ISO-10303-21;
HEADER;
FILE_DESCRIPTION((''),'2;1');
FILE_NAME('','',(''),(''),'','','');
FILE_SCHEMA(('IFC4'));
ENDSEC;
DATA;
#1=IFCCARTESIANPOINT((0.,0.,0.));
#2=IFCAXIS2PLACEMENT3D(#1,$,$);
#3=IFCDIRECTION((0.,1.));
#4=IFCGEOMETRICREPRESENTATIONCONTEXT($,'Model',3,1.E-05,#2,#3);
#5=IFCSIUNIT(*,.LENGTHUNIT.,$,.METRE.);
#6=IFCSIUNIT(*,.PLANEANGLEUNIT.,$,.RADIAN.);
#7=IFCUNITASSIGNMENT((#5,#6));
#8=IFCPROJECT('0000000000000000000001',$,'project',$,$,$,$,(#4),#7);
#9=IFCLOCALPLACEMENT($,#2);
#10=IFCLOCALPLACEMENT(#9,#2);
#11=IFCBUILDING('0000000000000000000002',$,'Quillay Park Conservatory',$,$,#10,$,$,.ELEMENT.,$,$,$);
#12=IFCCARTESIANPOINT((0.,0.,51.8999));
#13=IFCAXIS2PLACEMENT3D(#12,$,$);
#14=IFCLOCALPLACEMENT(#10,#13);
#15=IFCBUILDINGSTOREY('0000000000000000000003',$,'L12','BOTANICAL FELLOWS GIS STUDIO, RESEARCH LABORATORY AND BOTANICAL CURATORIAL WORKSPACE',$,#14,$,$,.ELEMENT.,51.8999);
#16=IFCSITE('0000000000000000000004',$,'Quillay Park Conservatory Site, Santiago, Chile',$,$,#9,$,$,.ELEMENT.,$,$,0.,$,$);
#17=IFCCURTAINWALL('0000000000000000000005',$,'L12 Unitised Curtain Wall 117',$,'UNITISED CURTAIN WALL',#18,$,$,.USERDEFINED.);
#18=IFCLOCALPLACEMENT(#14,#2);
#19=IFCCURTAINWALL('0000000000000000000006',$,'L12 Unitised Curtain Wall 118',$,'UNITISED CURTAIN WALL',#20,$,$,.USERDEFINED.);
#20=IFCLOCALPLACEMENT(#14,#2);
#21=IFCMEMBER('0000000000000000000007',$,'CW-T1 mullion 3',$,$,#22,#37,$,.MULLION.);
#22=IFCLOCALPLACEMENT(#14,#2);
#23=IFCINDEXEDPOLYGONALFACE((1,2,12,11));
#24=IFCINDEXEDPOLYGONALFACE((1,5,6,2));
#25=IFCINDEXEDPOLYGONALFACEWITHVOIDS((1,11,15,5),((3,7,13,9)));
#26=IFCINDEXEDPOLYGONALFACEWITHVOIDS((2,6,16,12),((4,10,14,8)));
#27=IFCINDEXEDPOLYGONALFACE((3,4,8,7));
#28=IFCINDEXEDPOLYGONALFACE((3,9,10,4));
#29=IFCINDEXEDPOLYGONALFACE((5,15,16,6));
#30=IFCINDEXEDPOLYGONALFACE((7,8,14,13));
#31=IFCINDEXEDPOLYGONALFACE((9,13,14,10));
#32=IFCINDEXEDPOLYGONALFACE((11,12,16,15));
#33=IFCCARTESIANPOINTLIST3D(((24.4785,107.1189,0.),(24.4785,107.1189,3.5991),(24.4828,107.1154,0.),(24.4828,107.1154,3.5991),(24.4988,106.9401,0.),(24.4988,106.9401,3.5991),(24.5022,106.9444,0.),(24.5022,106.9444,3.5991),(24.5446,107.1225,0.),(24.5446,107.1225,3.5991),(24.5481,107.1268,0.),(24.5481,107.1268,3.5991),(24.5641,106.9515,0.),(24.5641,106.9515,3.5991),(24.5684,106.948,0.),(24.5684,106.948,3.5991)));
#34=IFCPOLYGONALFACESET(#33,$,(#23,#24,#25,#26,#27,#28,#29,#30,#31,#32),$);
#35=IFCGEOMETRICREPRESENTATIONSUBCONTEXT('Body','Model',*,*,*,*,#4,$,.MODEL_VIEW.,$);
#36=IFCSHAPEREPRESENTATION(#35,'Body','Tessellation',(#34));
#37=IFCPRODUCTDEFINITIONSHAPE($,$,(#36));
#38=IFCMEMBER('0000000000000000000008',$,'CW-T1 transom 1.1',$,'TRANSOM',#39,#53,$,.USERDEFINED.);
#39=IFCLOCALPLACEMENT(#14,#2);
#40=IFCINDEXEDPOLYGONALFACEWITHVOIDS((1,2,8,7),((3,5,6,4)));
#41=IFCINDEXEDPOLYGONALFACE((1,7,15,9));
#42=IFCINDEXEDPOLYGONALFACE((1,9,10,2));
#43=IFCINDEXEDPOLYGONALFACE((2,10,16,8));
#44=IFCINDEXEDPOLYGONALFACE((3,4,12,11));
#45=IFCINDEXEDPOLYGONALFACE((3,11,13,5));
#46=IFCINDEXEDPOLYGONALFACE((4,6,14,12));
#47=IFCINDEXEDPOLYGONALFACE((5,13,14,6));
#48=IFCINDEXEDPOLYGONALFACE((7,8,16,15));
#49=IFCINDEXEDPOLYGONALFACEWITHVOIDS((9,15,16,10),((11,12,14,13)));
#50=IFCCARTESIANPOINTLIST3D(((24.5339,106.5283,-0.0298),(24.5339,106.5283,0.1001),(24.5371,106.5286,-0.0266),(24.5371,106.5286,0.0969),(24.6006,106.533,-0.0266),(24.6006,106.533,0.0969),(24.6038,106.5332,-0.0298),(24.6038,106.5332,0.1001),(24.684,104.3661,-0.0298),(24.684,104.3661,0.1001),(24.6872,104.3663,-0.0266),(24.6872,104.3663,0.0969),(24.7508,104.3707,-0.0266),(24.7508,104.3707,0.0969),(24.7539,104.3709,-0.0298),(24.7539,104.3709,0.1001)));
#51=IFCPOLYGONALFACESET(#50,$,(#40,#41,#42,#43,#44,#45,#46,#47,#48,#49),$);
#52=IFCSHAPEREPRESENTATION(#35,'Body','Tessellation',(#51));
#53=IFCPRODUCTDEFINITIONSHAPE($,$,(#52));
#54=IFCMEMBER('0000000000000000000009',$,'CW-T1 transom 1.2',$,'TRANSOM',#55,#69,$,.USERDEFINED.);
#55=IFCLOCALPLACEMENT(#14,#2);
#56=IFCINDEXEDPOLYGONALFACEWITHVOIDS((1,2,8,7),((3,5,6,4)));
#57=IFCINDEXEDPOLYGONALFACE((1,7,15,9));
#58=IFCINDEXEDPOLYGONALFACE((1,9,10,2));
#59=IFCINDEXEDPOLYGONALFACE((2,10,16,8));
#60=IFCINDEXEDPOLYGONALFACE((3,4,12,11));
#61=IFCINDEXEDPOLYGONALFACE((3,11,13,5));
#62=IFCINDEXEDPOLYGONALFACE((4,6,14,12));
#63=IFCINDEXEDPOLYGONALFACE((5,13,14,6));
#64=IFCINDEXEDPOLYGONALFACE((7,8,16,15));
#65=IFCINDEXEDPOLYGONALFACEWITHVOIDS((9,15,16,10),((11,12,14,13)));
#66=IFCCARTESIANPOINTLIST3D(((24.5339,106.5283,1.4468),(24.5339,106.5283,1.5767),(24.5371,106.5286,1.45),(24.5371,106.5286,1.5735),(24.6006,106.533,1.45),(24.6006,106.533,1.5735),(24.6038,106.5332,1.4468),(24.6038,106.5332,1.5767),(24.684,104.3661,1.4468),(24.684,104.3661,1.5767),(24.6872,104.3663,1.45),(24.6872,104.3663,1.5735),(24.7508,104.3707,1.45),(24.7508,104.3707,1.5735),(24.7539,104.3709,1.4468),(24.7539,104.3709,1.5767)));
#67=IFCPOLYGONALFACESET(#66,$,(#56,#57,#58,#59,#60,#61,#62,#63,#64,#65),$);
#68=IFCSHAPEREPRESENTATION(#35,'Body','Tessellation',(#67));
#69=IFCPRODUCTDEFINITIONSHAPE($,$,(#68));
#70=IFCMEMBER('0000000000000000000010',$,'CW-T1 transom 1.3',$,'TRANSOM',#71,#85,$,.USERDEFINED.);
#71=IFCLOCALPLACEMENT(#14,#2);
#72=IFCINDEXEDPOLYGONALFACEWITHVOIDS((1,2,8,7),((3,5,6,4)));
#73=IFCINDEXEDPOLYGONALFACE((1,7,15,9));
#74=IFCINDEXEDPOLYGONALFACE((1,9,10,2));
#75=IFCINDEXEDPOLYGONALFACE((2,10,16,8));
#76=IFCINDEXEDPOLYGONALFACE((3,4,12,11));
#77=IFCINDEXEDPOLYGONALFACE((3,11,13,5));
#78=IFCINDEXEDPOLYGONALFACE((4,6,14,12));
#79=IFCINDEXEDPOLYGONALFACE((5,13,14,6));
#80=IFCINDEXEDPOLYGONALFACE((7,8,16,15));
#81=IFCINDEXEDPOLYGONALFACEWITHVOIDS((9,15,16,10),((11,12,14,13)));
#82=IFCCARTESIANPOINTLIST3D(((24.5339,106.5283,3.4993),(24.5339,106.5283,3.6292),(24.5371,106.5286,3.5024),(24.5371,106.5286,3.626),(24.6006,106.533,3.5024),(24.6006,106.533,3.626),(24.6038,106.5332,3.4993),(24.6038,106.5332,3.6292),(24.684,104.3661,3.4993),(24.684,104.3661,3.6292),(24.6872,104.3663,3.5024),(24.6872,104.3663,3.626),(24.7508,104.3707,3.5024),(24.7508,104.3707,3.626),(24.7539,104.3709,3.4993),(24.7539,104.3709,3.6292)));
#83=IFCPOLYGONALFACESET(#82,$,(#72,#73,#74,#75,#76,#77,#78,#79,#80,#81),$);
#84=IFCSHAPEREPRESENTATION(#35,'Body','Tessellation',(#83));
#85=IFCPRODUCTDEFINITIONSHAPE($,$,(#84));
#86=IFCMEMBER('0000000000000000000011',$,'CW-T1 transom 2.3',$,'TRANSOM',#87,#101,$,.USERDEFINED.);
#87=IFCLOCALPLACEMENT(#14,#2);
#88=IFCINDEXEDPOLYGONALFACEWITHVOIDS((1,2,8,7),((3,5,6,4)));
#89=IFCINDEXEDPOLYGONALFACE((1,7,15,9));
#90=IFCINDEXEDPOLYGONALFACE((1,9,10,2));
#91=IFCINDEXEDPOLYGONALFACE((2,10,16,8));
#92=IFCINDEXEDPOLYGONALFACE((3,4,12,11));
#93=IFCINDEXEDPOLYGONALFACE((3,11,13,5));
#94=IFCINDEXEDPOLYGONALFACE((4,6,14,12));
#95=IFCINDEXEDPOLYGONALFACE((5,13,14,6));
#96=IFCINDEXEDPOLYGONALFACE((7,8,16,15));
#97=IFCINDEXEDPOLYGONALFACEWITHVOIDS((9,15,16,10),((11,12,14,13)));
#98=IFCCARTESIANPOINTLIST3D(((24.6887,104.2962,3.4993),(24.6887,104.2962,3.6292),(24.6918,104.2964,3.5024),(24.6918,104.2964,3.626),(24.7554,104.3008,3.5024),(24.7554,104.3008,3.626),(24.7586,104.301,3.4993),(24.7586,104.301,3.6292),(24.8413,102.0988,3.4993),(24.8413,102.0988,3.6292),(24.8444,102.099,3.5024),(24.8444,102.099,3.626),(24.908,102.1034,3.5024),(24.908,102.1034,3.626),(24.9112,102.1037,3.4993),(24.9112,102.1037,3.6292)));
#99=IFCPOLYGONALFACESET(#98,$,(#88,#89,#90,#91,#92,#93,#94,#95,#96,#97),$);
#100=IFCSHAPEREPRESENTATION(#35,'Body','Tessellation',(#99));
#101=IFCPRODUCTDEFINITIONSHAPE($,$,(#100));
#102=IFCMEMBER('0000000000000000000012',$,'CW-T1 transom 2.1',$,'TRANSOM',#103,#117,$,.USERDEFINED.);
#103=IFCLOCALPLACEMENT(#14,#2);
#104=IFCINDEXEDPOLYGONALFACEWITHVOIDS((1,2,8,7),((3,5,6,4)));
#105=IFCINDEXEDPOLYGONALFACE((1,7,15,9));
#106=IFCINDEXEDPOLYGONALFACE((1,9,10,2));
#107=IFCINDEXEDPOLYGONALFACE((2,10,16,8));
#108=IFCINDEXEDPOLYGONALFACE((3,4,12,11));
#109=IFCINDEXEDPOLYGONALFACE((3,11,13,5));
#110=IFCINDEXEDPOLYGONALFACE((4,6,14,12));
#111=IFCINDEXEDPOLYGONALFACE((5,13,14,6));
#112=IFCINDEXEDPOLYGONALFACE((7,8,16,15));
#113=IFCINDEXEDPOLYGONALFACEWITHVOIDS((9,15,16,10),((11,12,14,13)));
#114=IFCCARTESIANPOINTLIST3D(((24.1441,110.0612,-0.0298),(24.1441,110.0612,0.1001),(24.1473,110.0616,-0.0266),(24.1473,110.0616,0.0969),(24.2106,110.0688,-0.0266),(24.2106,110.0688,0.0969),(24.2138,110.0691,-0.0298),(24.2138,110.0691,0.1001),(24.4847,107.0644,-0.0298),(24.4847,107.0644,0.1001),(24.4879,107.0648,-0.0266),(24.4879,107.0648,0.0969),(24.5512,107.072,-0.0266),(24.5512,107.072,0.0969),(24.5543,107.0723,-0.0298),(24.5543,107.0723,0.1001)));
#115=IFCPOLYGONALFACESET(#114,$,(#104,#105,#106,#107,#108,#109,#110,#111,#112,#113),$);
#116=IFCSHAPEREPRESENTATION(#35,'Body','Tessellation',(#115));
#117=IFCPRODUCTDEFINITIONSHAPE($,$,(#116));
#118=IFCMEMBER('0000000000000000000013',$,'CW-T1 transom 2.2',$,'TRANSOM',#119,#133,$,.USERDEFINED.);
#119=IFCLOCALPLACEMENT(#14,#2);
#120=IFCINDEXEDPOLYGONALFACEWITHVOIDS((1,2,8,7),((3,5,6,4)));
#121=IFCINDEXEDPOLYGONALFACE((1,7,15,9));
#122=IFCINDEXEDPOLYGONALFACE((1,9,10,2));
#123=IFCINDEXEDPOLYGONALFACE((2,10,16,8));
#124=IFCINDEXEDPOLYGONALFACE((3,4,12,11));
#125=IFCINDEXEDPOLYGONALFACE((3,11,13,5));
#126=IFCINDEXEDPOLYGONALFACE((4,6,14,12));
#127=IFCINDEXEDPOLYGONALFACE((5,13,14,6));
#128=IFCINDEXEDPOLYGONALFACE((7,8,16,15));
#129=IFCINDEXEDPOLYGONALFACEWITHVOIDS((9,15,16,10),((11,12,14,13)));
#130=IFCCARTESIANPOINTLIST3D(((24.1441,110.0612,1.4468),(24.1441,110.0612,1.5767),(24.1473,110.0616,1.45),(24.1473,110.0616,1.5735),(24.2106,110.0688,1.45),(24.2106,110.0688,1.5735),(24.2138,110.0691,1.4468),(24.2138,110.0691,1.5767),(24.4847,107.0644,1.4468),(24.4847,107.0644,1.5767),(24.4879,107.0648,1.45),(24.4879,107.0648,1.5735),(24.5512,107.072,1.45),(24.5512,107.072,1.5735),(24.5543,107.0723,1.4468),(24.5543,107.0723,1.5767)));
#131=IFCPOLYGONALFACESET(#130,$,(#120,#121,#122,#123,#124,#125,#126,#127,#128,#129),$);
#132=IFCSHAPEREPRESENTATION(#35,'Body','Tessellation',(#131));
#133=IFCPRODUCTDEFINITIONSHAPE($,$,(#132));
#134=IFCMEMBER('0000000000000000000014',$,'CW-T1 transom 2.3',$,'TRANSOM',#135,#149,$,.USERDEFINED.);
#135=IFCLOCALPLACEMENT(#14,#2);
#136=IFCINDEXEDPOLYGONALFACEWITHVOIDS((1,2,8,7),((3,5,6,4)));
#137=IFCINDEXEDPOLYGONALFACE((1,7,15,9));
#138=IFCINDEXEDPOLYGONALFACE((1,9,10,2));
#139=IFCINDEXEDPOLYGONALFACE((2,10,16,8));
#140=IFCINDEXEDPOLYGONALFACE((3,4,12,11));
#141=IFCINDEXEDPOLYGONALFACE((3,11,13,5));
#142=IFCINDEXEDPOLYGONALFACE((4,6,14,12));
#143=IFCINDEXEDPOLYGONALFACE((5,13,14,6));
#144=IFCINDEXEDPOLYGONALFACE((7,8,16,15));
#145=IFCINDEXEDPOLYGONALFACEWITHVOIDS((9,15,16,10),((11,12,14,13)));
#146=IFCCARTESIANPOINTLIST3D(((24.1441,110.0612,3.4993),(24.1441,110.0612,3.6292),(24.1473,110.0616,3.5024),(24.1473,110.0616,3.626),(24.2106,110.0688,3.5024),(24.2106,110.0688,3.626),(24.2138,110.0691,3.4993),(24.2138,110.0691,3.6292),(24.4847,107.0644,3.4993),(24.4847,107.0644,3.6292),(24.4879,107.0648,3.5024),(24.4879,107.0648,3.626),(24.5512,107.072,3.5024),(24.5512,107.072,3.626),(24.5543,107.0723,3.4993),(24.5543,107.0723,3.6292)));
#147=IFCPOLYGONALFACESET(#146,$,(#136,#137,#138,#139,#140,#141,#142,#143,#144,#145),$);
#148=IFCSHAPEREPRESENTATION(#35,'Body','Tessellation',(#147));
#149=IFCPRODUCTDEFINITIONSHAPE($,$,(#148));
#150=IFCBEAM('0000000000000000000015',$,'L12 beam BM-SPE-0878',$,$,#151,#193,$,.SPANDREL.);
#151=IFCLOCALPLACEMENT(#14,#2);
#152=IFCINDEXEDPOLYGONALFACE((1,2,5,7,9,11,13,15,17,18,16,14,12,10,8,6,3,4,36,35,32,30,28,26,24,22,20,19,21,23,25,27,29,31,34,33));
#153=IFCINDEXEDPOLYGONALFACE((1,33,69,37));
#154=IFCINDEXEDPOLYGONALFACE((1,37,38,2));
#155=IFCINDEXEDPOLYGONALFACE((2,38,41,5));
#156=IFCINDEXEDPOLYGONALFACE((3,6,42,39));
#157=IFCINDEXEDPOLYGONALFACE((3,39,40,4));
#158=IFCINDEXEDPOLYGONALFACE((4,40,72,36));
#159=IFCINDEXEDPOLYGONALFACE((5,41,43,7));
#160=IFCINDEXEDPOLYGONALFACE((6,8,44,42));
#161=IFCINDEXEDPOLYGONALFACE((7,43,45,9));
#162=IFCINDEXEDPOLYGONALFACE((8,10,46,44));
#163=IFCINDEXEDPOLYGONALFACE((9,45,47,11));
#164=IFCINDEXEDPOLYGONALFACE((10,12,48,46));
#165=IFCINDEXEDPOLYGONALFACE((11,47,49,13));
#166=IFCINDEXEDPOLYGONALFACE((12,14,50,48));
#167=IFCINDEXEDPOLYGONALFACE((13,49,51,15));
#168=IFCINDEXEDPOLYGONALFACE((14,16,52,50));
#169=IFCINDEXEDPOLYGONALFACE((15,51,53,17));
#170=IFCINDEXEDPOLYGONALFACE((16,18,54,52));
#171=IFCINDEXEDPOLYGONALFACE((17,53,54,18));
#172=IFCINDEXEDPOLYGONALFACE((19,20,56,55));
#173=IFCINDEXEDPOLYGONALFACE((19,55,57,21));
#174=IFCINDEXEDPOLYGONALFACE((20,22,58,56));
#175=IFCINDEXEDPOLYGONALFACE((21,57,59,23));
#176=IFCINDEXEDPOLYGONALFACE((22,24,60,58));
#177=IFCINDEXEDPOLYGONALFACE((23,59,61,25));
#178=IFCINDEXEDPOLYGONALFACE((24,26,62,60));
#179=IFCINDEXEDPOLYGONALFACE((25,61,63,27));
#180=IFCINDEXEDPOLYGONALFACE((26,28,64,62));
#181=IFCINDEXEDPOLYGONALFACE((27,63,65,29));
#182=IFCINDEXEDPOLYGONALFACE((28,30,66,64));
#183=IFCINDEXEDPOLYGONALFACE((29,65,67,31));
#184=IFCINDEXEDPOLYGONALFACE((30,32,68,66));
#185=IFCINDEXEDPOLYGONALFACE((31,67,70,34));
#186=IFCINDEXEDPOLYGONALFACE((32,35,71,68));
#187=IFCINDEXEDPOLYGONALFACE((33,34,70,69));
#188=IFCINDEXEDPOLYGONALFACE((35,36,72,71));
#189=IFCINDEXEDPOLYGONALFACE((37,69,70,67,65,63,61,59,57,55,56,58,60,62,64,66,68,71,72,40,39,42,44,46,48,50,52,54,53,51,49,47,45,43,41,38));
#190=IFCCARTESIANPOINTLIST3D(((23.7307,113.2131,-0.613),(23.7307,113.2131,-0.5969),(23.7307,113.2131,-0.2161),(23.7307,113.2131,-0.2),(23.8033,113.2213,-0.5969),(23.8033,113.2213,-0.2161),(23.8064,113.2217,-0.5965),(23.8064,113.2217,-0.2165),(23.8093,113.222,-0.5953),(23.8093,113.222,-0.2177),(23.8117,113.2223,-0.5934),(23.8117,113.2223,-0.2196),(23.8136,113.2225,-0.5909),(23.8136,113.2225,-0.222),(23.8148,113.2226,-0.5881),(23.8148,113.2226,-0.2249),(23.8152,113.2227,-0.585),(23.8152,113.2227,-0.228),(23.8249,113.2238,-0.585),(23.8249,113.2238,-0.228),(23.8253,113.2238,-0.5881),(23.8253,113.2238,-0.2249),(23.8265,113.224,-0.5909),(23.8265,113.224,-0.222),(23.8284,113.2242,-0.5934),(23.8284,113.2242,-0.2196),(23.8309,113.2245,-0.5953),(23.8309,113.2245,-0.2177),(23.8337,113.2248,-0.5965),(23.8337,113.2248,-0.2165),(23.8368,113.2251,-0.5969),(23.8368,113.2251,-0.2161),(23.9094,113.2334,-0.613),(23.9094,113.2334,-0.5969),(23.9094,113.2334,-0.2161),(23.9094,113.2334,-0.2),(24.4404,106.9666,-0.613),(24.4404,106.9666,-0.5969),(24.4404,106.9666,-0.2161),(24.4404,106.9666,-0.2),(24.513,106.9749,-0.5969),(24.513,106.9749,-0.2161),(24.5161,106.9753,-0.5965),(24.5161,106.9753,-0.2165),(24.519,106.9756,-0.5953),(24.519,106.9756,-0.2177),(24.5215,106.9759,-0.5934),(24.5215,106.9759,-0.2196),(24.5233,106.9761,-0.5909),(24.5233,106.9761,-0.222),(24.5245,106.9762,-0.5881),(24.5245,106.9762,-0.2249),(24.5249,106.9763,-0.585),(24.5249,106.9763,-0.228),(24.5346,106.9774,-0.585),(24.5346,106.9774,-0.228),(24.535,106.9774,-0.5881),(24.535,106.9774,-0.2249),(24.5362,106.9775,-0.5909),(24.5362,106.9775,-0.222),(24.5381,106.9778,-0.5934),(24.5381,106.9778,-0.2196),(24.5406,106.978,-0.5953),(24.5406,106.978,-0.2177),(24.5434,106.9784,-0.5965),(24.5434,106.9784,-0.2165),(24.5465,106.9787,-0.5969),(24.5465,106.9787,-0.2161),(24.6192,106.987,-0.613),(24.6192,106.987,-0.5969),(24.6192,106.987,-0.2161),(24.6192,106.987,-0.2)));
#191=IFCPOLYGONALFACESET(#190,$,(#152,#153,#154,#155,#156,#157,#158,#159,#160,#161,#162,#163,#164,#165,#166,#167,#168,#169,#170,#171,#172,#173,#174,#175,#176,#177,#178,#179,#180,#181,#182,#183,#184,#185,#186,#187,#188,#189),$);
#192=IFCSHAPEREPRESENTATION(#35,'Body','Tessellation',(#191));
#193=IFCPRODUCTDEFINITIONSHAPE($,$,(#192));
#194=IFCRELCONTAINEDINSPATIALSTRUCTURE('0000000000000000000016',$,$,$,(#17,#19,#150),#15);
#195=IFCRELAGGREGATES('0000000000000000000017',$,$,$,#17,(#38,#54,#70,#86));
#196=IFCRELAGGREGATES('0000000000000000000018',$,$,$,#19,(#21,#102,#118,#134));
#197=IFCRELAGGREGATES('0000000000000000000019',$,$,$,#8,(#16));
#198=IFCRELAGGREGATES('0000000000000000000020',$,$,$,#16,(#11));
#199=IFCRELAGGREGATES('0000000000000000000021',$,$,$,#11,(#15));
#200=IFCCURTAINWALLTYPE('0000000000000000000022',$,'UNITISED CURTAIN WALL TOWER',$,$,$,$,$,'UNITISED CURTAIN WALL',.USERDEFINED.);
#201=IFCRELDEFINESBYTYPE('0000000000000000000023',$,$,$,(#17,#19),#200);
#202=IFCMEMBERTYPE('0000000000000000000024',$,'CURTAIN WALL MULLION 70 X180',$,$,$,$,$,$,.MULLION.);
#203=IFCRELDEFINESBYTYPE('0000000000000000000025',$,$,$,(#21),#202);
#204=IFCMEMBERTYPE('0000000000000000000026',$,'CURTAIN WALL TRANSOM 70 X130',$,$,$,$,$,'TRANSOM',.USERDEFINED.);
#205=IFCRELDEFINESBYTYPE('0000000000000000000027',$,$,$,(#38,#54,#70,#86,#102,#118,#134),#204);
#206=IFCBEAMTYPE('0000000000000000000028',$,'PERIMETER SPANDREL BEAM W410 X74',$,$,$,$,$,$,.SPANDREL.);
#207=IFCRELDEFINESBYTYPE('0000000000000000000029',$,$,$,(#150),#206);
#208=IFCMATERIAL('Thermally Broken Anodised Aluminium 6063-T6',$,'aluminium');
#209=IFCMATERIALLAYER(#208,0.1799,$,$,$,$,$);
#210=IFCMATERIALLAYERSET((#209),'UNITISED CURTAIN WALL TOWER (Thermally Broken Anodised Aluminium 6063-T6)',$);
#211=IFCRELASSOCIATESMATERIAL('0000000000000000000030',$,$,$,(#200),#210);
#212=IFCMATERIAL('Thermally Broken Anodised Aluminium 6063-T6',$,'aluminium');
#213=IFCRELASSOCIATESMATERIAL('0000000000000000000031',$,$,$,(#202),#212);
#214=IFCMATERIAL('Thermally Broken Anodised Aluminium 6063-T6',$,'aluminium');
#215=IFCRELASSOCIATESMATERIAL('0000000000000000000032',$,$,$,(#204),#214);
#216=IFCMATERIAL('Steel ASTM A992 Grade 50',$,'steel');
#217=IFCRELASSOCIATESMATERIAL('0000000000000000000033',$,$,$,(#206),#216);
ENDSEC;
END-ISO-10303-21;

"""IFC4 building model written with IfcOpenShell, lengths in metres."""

from ifc_helpers import new_model, si_unit, direction, frame, origin, origin_2d, place, context, subcontext, project, spatial, hollow_rectangle, i_section, extrude, material, layer, layer_set, material_profile, profile_set, type_object, element, aggregate, save


model = new_model("IFC4")

# Units and contexts
model_context = context("Model", 3, precision=1e-05, world=origin(), true_north=direction((0.0, 1.0)))
body_context = subcontext(model_context, "Body", "Model", "MODEL_VIEW")
ifc_project = project(units=[si_unit("LENGTHUNIT", "METRE"), si_unit("PLANEANGLEUNIT", "RADIAN")], contexts=[model_context])

# Site, building, storey
site_placement = place(None, origin())
site = spatial("IfcSite", under=ifc_project, at=site_placement, Name="Quillay Park Conservatory Site, Santiago, Chile", CompositionType="ELEMENT", RefElevation=0.0)
building_placement = place(site_placement, origin())
building = spatial("IfcBuilding", under=site, at=building_placement, Name="Quillay Park Conservatory", CompositionType="ELEMENT")
storey_placement = place(building_placement, frame((0.0, 0.0, 51.8999)))
storey = spatial("IfcBuildingStorey", under=building, at=storey_placement, Name="L12", Description="BOTANICAL FELLOWS GIS STUDIO, RESEARCH LABORATORY AND BOTANICAL CURATORIAL WORKSPACE", CompositionType="ELEMENT", Elevation=51.8999)

# Curtain walls, member
ifc_material_1 = material(Name="Thermally Broken Anodised Aluminium 6063-T6", Category="aluminium")
ifc_layer_1 = layer(ifc_material_1, 0.1799)
ifc_layer_set_1 = layer_set([ifc_layer_1], Name="UNITISED CURTAIN WALL TOWER (Thermally Broken Anodised Aluminium 6063-T6)")
curtain_wall_type = type_object("IfcCurtainWallType", Name="UNITISED CURTAIN WALL TOWER", ElementType="UNITISED CURTAIN WALL", PredefinedType="USERDEFINED", material=ifc_layer_set_1)
curtain_wall_1_placement = place(storey_placement, origin())
curtain_wall_1 = element("IfcCurtainWall", 1, at=curtain_wall_1_placement, inside=storey, type_object=curtain_wall_type, Name="L12 Unitised Curtain Wall 117", ObjectType="UNITISED CURTAIN WALL", PredefinedType="USERDEFINED")
ifc_material_2 = material(Name="Thermally Broken Anodised Aluminium 6063-T6", Category="aluminium")
ifc_material_profile_1 = material_profile(ifc_material_2, hollow_rectangle(XDim=0.0701, YDim=0.1799, WallThickness=0.0039, at=origin_2d()), Name="AL70x180x4")
ifc_profile_set_1 = profile_set([ifc_material_profile_1], Name="Thermally Broken Anodised Aluminium 6063-T6")
member_type_1 = type_object("IfcMemberType", Name="CURTAIN WALL MULLION 70 X180", PredefinedType="MULLION", material=ifc_profile_set_1)
curtain_wall_2_placement = place(storey_placement, origin())
curtain_wall_2 = element("IfcCurtainWall", 2, at=curtain_wall_2_placement, inside=storey, type_object=curtain_wall_type, Name="L12 Unitised Curtain Wall 118", ObjectType="UNITISED CURTAIN WALL", PredefinedType="USERDEFINED")
member_1_placement = place(storey_placement, frame((24.5234, 107.0334, 0.0), z_axis=(0.0, 0.0, 1.0), x_axis=(0.993606, 0.112903, 0.0)))
member_1 = element("IfcMember", 3, at=member_1_placement, type_object=member_type_1, Name="CW-T1 mullion 3", PredefinedType="MULLION", context=body_context, shape_type="SweptSolid", body=[
    extrude(hollow_rectangle(XDim=0.0701, YDim=0.1799, WallThickness=0.0039, at=origin_2d()), origin(), (0.0, 0.0, 1.0), 3.5991),
])

# Members
ifc_material_3 = material(Name="Thermally Broken Anodised Aluminium 6063-T6", Category="aluminium")
ifc_material_profile_2 = material_profile(ifc_material_3, hollow_rectangle(XDim=0.0701, YDim=0.1299, WallThickness=0.0032, at=origin_2d()), Name="AL70x130x3.2")
ifc_profile_set_2 = profile_set([ifc_material_profile_2], Name="Thermally Broken Anodised Aluminium 6063-T6")
member_type_2 = type_object("IfcMemberType", Name="CURTAIN WALL TRANSOM 70 X130", ElementType="TRANSOM", PredefinedType="USERDEFINED", material=ifc_profile_set_2)
member_2_placement = place(storey_placement, frame((24.5688, 106.5308, 0.0352), z_axis=(0.06927, -0.997598, 0.0), x_axis=(0.997598, 0.06927, 0.0)))
member_2 = element("IfcMember", 4, at=member_2_placement, type_object=member_type_2, Name="CW-T1 transom 1.1", ObjectType="TRANSOM", PredefinedType="USERDEFINED", context=body_context, shape_type="SweptSolid", body=[
    extrude(hollow_rectangle(XDim=0.0701, YDim=0.1299, WallThickness=0.0032, at=origin_2d()), origin(), (0.0, 0.0, 1.0), 2.1675),
])
member_3_placement = place(storey_placement, frame((24.5688, 106.5308, 1.5117), z_axis=(0.06927, -0.997598, 0.0), x_axis=(0.997598, 0.06927, 0.0)))
member_3 = element("IfcMember", 5, at=member_3_placement, type_object=member_type_2, Name="CW-T1 transom 1.2", ObjectType="TRANSOM", PredefinedType="USERDEFINED", context=body_context, shape_type="SweptSolid", body=[
    extrude(hollow_rectangle(XDim=0.0701, YDim=0.1299, WallThickness=0.0032, at=origin_2d()), origin(), (0.0, 0.0, 1.0), 2.1675),
])
member_4_placement = place(storey_placement, frame((24.5688, 106.5308, 3.5642), z_axis=(0.06927, -0.997598, 0.0), x_axis=(0.997598, 0.06927, 0.0)))
member_4 = element("IfcMember", 6, at=member_4_placement, type_object=member_type_2, Name="CW-T1 transom 1.3", ObjectType="TRANSOM", PredefinedType="USERDEFINED", context=body_context, shape_type="SweptSolid", body=[
    extrude(hollow_rectangle(XDim=0.0701, YDim=0.1299, WallThickness=0.0032, at=origin_2d()), origin(), (0.0, 0.0, 1.0), 2.1675),
])
member_5_placement = place(storey_placement, frame((24.7236, 104.2986, 3.5642), z_axis=(0.069278, -0.997597, 0.0), x_axis=(0.997597, 0.069278, 0.0)))
member_5 = element("IfcMember", 7, at=member_5_placement, type_object=member_type_2, Name="CW-T1 transom 2.3", ObjectType="TRANSOM", PredefinedType="USERDEFINED", context=body_context, shape_type="SweptSolid", body=[
    extrude(hollow_rectangle(XDim=0.0701, YDim=0.1299, WallThickness=0.0032, at=origin_2d()), origin(), (0.0, 0.0, 1.0), 2.2026),
])
member_6_placement = place(storey_placement, frame((24.179, 110.0652, 0.0352), z_axis=(0.112919, -0.993604, 0.0), x_axis=(0.993604, 0.112919, 0.0)))
member_6 = element("IfcMember", 8, at=member_6_placement, type_object=member_type_2, Name="CW-T1 transom 2.1", ObjectType="TRANSOM", PredefinedType="USERDEFINED", context=body_context, shape_type="SweptSolid", body=[
    extrude(hollow_rectangle(XDim=0.0701, YDim=0.1299, WallThickness=0.0032, at=origin_2d()), origin(), (0.0, 0.0, 1.0), 3.0161),
])
member_7_placement = place(storey_placement, frame((24.179, 110.0652, 1.5117), z_axis=(0.112919, -0.993604, 0.0), x_axis=(0.993604, 0.112919, 0.0)))
member_7 = element("IfcMember", 9, at=member_7_placement, type_object=member_type_2, Name="CW-T1 transom 2.2", ObjectType="TRANSOM", PredefinedType="USERDEFINED", context=body_context, shape_type="SweptSolid", body=[
    extrude(hollow_rectangle(XDim=0.0701, YDim=0.1299, WallThickness=0.0032, at=origin_2d()), origin(), (0.0, 0.0, 1.0), 3.0161),
])
member_8_placement = place(storey_placement, frame((24.179, 110.0652, 3.5642), z_axis=(0.112919, -0.993604, 0.0), x_axis=(0.993604, 0.112919, 0.0)))
member_8 = element("IfcMember", 10, at=member_8_placement, type_object=member_type_2, Name="CW-T1 transom 2.3", ObjectType="TRANSOM", PredefinedType="USERDEFINED", context=body_context, shape_type="SweptSolid", body=[
    extrude(hollow_rectangle(XDim=0.0701, YDim=0.1299, WallThickness=0.0032, at=origin_2d()), origin(), (0.0, 0.0, 1.0), 3.0161),
])

# Beam
ifc_material_4 = material(Name="Steel ASTM A992 Grade 50", Category="steel")
ifc_material_profile_3 = material_profile(ifc_material_4, i_section(OverallWidth=0.1799, OverallDepth=0.4131, WebThickness=0.0098, FlangeThickness=0.0161, FilletRadius=0.012, at=origin_2d()), Name="W410x74")
ifc_profile_set_3 = profile_set([ifc_material_profile_3], Name="Steel ASTM A992 Grade 50")
beam_type_1 = type_object("IfcBeamType", Name="PERIMETER SPANDREL BEAM W410 X74", PredefinedType="SPANDREL", material=ifc_profile_set_3)
beam_1_placement = place(storey_placement, frame((24.5298, 106.9768, -0.4065), z_axis=(-0.112895, 0.993607, 0.0), x_axis=(-0.993607, -0.112895, 0.0)))
element("IfcBeam", 11, at=beam_1_placement, inside=storey, type_object=beam_type_1, Name="L12 beam BM-SPE-0878", PredefinedType="SPANDREL", context=body_context, shape_type="SweptSolid", body=[
    extrude(i_section(OverallWidth=0.1799, OverallDepth=0.4131, WebThickness=0.0098, FlangeThickness=0.0161, FilletRadius=0.012, at=origin_2d()), origin(), (0.0, 0.0, 1.0), 6.2866),
])

aggregate(curtain_wall_1, [member_2, member_3, member_4, member_5])
aggregate(curtain_wall_2, [member_1, member_6, member_7, member_8])

save(model, "model.ifc")
